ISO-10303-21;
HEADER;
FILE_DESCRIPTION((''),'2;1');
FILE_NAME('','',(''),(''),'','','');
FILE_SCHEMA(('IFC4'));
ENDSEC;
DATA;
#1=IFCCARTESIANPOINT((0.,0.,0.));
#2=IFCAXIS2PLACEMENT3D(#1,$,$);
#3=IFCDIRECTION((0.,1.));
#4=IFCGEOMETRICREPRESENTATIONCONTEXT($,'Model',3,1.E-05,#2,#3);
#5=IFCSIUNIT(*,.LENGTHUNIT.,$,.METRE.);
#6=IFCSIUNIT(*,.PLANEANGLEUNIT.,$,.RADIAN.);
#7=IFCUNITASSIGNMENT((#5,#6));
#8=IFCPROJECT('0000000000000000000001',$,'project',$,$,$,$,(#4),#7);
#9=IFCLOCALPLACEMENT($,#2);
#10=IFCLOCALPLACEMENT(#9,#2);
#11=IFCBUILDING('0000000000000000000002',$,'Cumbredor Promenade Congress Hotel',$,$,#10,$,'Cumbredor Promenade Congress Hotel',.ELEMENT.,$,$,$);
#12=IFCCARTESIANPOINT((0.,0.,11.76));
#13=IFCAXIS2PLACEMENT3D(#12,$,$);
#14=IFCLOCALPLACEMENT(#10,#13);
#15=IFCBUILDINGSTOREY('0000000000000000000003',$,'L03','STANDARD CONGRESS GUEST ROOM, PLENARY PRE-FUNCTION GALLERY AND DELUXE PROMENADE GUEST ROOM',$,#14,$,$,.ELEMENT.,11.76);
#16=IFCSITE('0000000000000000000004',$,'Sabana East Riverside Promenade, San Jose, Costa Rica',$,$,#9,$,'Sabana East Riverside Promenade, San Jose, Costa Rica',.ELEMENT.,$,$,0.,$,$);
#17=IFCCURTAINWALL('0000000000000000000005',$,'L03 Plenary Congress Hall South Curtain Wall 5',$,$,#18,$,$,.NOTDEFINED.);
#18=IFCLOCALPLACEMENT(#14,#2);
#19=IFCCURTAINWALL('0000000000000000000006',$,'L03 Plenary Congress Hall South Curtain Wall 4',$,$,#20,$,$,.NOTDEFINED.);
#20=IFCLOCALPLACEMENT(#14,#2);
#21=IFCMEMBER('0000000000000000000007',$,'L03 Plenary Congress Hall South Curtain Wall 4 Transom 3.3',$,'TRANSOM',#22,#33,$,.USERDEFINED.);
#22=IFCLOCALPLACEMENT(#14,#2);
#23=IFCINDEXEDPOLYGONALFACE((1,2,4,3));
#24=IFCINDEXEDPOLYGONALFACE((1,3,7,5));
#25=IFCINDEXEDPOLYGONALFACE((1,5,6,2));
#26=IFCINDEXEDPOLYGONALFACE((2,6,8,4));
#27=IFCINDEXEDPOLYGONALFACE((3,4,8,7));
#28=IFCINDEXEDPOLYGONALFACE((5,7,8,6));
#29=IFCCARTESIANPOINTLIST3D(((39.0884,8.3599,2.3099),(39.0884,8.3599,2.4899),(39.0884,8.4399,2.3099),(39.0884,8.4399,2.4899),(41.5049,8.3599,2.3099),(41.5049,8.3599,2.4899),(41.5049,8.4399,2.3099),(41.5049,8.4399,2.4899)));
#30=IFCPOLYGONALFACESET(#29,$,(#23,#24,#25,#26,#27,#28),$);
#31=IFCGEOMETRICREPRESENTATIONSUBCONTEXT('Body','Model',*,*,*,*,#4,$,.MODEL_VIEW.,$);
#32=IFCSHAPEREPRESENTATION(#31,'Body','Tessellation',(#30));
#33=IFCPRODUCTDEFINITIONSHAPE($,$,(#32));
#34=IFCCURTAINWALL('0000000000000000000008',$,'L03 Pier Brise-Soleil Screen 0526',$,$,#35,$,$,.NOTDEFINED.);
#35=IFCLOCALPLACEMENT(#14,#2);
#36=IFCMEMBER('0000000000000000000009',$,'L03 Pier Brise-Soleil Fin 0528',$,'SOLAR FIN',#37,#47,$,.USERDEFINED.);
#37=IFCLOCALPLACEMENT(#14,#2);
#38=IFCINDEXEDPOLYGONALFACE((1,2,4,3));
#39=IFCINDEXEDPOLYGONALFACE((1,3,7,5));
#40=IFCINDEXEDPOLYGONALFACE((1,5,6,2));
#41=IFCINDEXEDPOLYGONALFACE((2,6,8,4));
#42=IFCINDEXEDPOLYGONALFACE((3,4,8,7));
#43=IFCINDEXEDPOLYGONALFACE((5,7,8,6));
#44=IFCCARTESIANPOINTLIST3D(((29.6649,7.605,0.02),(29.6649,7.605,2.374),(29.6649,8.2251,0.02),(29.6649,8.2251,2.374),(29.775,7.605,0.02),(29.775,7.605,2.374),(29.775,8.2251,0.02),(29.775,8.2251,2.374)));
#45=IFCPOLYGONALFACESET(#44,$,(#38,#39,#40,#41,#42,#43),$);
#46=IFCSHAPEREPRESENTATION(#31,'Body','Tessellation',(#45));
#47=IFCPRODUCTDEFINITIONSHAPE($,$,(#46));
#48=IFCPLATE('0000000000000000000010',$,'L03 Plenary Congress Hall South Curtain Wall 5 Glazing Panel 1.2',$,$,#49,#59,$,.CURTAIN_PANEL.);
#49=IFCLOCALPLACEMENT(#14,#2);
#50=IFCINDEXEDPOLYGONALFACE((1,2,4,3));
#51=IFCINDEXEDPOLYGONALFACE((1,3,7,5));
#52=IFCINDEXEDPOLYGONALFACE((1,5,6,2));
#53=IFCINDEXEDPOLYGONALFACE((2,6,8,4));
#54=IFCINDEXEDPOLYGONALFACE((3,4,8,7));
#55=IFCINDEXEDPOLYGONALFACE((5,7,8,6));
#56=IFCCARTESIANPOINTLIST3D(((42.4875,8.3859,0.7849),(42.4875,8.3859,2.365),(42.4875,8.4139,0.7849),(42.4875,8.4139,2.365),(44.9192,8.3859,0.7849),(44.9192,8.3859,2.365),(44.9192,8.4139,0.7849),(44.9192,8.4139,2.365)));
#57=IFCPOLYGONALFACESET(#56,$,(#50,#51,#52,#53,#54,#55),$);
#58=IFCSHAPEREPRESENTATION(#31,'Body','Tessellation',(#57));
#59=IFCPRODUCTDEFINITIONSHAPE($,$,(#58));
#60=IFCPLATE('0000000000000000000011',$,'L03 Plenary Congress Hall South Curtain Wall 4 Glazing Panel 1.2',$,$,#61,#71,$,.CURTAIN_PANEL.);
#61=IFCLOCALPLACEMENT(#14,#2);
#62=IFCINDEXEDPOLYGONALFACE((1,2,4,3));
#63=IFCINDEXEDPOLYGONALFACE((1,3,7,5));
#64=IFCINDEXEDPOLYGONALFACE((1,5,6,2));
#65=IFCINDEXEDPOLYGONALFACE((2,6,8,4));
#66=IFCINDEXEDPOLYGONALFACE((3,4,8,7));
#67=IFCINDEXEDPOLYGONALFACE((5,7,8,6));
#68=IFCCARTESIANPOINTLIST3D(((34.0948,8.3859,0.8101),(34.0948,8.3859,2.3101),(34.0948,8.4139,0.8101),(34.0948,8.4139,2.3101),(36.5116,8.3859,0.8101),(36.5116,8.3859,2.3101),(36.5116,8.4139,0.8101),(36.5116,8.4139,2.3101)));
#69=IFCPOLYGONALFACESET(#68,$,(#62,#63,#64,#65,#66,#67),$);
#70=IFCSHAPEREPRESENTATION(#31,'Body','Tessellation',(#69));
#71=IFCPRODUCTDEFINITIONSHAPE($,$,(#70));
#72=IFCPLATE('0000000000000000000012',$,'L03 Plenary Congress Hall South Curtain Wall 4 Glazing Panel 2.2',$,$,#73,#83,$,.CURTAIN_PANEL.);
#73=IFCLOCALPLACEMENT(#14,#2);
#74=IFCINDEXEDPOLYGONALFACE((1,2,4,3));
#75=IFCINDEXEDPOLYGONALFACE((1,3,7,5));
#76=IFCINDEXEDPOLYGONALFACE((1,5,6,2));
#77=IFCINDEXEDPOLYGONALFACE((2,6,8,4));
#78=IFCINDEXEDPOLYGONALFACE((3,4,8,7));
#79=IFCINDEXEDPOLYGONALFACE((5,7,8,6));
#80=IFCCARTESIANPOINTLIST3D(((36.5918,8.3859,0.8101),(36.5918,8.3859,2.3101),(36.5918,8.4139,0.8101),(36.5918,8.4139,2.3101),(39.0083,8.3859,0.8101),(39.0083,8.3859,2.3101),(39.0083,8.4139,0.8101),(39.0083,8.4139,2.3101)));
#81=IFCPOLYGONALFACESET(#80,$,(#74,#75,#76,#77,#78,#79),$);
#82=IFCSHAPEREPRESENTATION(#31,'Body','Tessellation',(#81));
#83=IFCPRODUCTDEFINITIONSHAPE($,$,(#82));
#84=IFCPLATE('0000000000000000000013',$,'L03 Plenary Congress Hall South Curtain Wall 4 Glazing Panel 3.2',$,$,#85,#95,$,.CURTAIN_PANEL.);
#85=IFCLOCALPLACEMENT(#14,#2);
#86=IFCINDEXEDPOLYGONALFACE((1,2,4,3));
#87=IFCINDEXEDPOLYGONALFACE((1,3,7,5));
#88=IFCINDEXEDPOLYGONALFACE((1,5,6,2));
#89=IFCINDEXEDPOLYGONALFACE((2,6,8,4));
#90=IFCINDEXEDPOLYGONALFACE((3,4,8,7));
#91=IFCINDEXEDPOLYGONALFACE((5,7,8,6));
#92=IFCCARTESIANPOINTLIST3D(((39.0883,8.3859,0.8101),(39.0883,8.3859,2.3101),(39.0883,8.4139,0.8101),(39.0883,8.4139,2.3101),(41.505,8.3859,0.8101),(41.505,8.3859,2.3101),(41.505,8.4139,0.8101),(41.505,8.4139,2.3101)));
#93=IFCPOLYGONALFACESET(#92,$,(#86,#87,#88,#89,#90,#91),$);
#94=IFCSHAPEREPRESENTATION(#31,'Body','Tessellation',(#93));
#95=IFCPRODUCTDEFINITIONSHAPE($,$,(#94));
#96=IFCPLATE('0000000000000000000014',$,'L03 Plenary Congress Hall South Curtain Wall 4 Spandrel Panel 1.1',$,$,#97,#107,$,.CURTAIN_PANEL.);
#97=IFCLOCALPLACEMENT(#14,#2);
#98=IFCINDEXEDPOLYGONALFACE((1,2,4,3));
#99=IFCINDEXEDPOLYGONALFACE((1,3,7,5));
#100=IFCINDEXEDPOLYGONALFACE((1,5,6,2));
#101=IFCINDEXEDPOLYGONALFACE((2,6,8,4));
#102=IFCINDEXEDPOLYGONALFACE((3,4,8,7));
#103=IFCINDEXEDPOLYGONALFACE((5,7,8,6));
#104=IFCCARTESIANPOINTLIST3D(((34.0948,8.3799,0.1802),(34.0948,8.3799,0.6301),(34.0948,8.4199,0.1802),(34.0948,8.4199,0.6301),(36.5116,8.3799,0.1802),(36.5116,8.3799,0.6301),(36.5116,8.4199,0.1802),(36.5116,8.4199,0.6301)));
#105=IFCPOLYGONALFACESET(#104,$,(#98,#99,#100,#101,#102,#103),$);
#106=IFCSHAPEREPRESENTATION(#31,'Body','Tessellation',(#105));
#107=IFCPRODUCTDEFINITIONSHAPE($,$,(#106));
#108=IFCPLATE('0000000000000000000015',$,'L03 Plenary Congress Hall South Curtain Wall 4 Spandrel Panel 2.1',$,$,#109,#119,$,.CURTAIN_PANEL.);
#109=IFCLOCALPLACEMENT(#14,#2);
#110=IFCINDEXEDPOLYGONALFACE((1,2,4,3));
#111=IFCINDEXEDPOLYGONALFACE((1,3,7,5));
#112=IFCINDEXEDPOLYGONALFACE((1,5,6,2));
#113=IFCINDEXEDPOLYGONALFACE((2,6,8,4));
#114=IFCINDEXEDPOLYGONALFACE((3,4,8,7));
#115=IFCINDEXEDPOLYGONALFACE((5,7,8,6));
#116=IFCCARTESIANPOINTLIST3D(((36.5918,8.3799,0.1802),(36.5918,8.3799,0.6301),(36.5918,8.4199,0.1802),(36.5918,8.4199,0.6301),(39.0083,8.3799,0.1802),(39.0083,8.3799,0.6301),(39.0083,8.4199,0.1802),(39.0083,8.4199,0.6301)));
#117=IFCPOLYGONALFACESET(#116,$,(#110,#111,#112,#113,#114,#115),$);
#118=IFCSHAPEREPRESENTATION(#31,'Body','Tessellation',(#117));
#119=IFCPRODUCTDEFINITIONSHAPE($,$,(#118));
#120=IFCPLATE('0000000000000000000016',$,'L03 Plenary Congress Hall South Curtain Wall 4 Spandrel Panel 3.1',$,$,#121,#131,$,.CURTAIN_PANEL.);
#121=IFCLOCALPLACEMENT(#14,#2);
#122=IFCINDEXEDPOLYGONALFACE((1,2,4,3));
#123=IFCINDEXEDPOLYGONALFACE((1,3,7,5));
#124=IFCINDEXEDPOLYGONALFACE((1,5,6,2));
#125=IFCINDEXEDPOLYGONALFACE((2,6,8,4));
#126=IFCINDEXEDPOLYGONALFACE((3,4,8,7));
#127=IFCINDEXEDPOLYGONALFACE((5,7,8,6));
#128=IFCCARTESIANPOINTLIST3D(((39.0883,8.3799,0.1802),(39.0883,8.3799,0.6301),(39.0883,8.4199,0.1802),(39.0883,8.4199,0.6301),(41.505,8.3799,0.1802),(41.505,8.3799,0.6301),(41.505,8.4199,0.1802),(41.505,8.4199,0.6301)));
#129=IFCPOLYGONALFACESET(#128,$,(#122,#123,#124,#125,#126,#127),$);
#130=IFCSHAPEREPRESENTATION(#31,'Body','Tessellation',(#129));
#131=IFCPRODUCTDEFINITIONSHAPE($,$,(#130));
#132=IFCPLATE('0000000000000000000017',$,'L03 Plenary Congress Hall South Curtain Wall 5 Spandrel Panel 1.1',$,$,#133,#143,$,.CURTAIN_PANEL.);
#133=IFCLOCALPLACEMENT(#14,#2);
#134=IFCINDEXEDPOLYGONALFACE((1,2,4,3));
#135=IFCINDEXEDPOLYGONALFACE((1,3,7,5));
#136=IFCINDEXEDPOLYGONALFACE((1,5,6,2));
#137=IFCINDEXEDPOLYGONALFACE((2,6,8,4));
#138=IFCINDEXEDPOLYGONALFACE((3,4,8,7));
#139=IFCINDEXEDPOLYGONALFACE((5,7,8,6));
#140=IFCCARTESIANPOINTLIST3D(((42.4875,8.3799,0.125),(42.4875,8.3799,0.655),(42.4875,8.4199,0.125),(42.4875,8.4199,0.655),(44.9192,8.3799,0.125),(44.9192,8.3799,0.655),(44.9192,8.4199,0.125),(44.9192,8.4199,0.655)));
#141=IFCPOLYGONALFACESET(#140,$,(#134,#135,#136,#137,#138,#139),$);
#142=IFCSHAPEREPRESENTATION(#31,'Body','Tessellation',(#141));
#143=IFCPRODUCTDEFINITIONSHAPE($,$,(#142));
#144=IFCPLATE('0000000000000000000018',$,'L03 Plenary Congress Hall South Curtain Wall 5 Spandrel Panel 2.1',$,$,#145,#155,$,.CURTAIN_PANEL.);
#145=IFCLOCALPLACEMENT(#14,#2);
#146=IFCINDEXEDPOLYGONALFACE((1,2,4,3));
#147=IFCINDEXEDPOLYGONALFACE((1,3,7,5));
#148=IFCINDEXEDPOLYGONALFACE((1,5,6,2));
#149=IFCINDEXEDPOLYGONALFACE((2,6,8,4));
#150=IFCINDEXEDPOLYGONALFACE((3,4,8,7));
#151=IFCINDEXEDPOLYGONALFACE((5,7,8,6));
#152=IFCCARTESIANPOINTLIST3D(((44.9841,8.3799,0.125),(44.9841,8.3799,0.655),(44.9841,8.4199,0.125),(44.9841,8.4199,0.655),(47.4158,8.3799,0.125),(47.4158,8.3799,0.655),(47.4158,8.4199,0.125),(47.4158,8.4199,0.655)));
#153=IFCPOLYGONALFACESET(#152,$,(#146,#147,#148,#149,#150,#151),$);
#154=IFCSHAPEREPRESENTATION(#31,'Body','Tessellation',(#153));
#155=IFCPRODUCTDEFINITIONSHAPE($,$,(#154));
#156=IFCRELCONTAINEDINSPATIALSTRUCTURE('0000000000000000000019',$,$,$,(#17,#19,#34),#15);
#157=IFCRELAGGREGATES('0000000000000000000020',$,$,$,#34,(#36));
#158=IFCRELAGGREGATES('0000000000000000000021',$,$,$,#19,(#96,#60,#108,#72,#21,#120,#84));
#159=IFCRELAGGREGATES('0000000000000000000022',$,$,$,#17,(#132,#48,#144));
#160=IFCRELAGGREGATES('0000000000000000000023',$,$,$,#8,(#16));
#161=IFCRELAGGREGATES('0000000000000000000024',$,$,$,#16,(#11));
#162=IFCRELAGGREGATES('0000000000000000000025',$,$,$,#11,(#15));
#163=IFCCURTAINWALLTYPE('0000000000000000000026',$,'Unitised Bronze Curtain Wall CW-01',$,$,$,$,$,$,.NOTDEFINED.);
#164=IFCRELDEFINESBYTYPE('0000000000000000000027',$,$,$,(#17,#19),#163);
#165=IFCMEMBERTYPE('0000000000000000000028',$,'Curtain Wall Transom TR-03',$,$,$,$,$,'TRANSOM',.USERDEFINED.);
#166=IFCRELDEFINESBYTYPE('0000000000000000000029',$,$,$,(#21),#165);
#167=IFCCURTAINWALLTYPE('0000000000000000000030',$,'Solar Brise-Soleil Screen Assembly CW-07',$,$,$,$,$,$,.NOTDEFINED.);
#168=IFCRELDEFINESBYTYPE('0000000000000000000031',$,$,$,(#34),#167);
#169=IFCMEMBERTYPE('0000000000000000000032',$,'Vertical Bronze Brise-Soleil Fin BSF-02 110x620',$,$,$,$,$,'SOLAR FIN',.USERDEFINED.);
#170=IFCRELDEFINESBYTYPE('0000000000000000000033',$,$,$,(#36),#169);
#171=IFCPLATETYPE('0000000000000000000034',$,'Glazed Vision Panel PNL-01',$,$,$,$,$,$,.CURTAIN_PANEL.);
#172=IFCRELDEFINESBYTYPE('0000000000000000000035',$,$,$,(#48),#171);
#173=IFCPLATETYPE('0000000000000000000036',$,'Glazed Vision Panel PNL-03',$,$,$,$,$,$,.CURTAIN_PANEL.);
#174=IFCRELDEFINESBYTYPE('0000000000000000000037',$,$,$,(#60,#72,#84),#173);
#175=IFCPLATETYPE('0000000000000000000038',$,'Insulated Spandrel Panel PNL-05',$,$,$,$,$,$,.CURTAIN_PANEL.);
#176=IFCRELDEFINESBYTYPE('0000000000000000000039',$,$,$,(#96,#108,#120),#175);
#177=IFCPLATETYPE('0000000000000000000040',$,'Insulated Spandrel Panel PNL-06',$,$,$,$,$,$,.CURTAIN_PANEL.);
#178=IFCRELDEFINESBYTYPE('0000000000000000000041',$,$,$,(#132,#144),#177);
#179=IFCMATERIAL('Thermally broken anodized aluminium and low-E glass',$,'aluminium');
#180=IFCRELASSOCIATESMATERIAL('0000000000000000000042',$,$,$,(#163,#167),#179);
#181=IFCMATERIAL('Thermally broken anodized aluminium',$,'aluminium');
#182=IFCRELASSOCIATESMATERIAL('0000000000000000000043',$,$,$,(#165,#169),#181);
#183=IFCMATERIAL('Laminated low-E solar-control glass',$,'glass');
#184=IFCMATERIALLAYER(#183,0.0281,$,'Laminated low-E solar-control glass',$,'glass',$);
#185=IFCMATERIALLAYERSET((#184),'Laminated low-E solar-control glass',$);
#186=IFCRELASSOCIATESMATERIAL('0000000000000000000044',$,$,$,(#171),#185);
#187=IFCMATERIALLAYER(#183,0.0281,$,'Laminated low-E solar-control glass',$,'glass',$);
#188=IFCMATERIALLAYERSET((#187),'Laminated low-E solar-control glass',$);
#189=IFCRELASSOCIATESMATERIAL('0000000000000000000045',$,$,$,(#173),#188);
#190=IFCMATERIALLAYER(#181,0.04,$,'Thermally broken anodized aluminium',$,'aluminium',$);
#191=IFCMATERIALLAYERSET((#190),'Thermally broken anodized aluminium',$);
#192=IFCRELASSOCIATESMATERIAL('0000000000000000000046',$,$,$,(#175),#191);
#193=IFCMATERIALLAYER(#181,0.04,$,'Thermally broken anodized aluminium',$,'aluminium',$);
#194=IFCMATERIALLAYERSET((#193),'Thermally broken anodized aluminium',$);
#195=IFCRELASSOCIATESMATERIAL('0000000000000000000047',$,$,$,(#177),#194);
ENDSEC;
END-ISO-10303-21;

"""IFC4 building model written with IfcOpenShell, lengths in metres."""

from ifc_helpers import new_model, si_unit, direction, frame, origin, origin_2d, place, context, subcontext, project, spatial, rectangle, extrude, material, layer, layer_set, material_profile, profile_set, type_object, element, aggregate, save


model = new_model("IFC4")

# Units and contexts
model_context = context("Model", 3, precision=1e-05, world=origin(), true_north=direction((0.0, 1.0)))
body_context = subcontext(model_context, "Body", "Model", "MODEL_VIEW")
ifc_project = project(units=[si_unit("LENGTHUNIT", "METRE"), si_unit("PLANEANGLEUNIT", "RADIAN")], contexts=[model_context])

# Site, building, storey
site_placement = place(None, origin())
site = spatial("IfcSite", under=ifc_project, at=site_placement, Name="Sabana East Riverside Promenade, San Jose, Costa Rica", LongName="Sabana East Riverside Promenade, San Jose, Costa Rica", CompositionType="ELEMENT", RefElevation=0.0)
building_placement = place(site_placement, origin())
building = spatial("IfcBuilding", under=site, at=building_placement, Name="Cumbredor Promenade Congress Hotel", LongName="Cumbredor Promenade Congress Hotel", CompositionType="ELEMENT")
storey_placement = place(building_placement, frame((0.0, 0.0, 11.76)))
storey = spatial("IfcBuildingStorey", under=building, at=storey_placement, Name="L03", Description="STANDARD CONGRESS GUEST ROOM, PLENARY PRE-FUNCTION GALLERY AND DELUXE PROMENADE GUEST ROOM", CompositionType="ELEMENT", Elevation=11.76)

# Curtain walls
ifc_material_1 = material(Name="Thermally broken anodized aluminium and low-E glass", Category="aluminium")
curtain_wall_type_1 = type_object("IfcCurtainWallType", Name="Unitised Bronze Curtain Wall CW-01", PredefinedType="NOTDEFINED", material=ifc_material_1)
curtain_wall_1_placement = place(storey_placement, origin())
curtain_wall_1 = element("IfcCurtainWall", 1, at=curtain_wall_1_placement, inside=storey, type_object=curtain_wall_type_1, Name="L03 Plenary Congress Hall South Curtain Wall 5", PredefinedType="NOTDEFINED")
ifc_material_2 = material(Name="Thermally broken anodized aluminium", Category="aluminium")
curtain_wall_2_placement = place(storey_placement, origin())
curtain_wall_2 = element("IfcCurtainWall", 2, at=curtain_wall_2_placement, inside=storey, type_object=curtain_wall_type_1, Name="L03 Plenary Congress Hall South Curtain Wall 4", PredefinedType="NOTDEFINED")

# Member
ifc_material_profile_1 = material_profile(ifc_material_2, rectangle(XDim=0.0801, YDim=0.1799, at=origin_2d()), Name="ALU TRANSOM 80x180")
ifc_profile_set_1 = profile_set([ifc_material_profile_1], Name="Thermally broken anodized aluminium")
member_type_1 = type_object("IfcMemberType", Name="Curtain Wall Transom TR-03", ElementType="TRANSOM", PredefinedType="USERDEFINED", material=ifc_profile_set_1)
member_1_placement = place(storey_placement, frame((39.0884, 8.3999, 2.3999), z_axis=(1.0, 0.0, 0.0), x_axis=(0.0, 1.0, 0.0)))
member_1 = element("IfcMember", 3, at=member_1_placement, type_object=member_type_1, Name="L03 Plenary Congress Hall South Curtain Wall 4 Transom 3.3", ObjectType="TRANSOM", PredefinedType="USERDEFINED", context=body_context, shape_type="SweptSolid", body=[
    extrude(rectangle(XDim=0.0801, YDim=0.1799, at=origin_2d()), origin(), (0.0, 0.0, 1.0), 2.4165),
])

# Curtain wall, member
curtain_wall_type_2 = type_object("IfcCurtainWallType", Name="Solar Brise-Soleil Screen Assembly CW-07", PredefinedType="NOTDEFINED", material=ifc_material_1)
curtain_wall_3_placement = place(storey_placement, origin())
curtain_wall_3 = element("IfcCurtainWall", 4, at=curtain_wall_3_placement, inside=storey, type_object=curtain_wall_type_2, Name="L03 Pier Brise-Soleil Screen 0526", PredefinedType="NOTDEFINED")
ifc_material_profile_2 = material_profile(ifc_material_2, rectangle(XDim=0.1101, YDim=0.6201, at=origin_2d()), Name="ARCH FIN 110x620")
ifc_profile_set_2 = profile_set([ifc_material_profile_2], Name="Thermally broken anodized aluminium")
member_type_2 = type_object("IfcMemberType", Name="Vertical Bronze Brise-Soleil Fin BSF-02 110x620", ElementType="SOLAR FIN", PredefinedType="USERDEFINED", material=ifc_profile_set_2)
member_2_placement = place(storey_placement, frame((29.72, 7.915, 0.02), z_axis=(0.0, 0.0, 1.0), x_axis=(1.0, 0.0, 0.0)))
member_2 = element("IfcMember", 5, at=member_2_placement, type_object=member_type_2, Name="L03 Pier Brise-Soleil Fin 0528", ObjectType="SOLAR FIN", PredefinedType="USERDEFINED", context=body_context, shape_type="SweptSolid", body=[
    extrude(rectangle(XDim=0.1101, YDim=0.6201, at=origin_2d()), origin(), (0.0, 0.0, 1.0), 2.354),
])
aggregate(curtain_wall_3, [member_2])

# Plates
ifc_material_3 = material(Name="Laminated low-E solar-control glass", Category="glass")
ifc_layer_1 = layer(ifc_material_3, 0.0281, Name="Laminated low-E solar-control glass", Category="glass")
ifc_layer_set_1 = layer_set([ifc_layer_1], Name="Laminated low-E solar-control glass")
plate_type_1 = type_object("IfcPlateType", Name="Glazed Vision Panel PNL-01", PredefinedType="CURTAIN_PANEL", material=ifc_layer_set_1)
plate_1_placement = place(storey_placement, frame((43.7034, 8.3999, 0.7849), z_axis=(0.0, 0.0, 1.0), x_axis=(1.0, 0.0, 0.0)))
plate_1 = element("IfcPlate", 6, at=plate_1_placement, type_object=plate_type_1, Name="L03 Plenary Congress Hall South Curtain Wall 5 Glazing Panel 1.2", PredefinedType="CURTAIN_PANEL", context=body_context, shape_type="SweptSolid", body=[
    extrude(rectangle(XDim=2.4316, YDim=0.0281, at=origin_2d()), origin(), (0.0, 0.0, 1.0), 1.5801),
])
ifc_layer_2 = layer(ifc_material_3, 0.0281, Name="Laminated low-E solar-control glass", Category="glass")
ifc_layer_set_2 = layer_set([ifc_layer_2], Name="Laminated low-E solar-control glass")
plate_type_2 = type_object("IfcPlateType", Name="Glazed Vision Panel PNL-03", PredefinedType="CURTAIN_PANEL", material=ifc_layer_set_2)
plate_2_placement = place(storey_placement, frame((35.3032, 8.3999, 0.8101), z_axis=(0.0, 0.0, 1.0), x_axis=(1.0, 0.0, 0.0)))
plate_2 = element("IfcPlate", 7, at=plate_2_placement, type_object=plate_type_2, Name="L03 Plenary Congress Hall South Curtain Wall 4 Glazing Panel 1.2", PredefinedType="CURTAIN_PANEL", context=body_context, shape_type="SweptSolid", body=[
    extrude(rectangle(XDim=2.4167, YDim=0.0281, at=origin_2d()), origin(), (0.0, 0.0, 1.0), 1.5),
])
plate_3_placement = place(storey_placement, frame((37.8, 8.3999, 0.8101), z_axis=(0.0, 0.0, 1.0), x_axis=(1.0, 0.0, 0.0)))
plate_3 = element("IfcPlate", 8, at=plate_3_placement, type_object=plate_type_2, Name="L03 Plenary Congress Hall South Curtain Wall 4 Glazing Panel 2.2", PredefinedType="CURTAIN_PANEL", context=body_context, shape_type="SweptSolid", body=[
    extrude(rectangle(XDim=2.4165, YDim=0.0281, at=origin_2d()), origin(), (0.0, 0.0, 1.0), 1.5),
])
plate_4_placement = place(storey_placement, frame((40.2966, 8.3999, 0.8101), z_axis=(0.0, 0.0, 1.0), x_axis=(1.0, 0.0, 0.0)))
plate_4 = element("IfcPlate", 9, at=plate_4_placement, type_object=plate_type_2, Name="L03 Plenary Congress Hall South Curtain Wall 4 Glazing Panel 3.2", PredefinedType="CURTAIN_PANEL", context=body_context, shape_type="SweptSolid", body=[
    extrude(rectangle(XDim=2.4167, YDim=0.0281, at=origin_2d()), origin(), (0.0, 0.0, 1.0), 1.5),
])
ifc_layer_3 = layer(ifc_material_2, 0.04, Name="Thermally broken anodized aluminium", Category="aluminium")
ifc_layer_set_3 = layer_set([ifc_layer_3], Name="Thermally broken anodized aluminium")
plate_type_3 = type_object("IfcPlateType", Name="Insulated Spandrel Panel PNL-05", PredefinedType="CURTAIN_PANEL", material=ifc_layer_set_3)
plate_5_placement = place(storey_placement, frame((35.3032, 8.3999, 0.1802), z_axis=(0.0, 0.0, 1.0), x_axis=(1.0, 0.0, 0.0)))
plate_5 = element("IfcPlate", 10, at=plate_5_placement, type_object=plate_type_3, Name="L03 Plenary Congress Hall South Curtain Wall 4 Spandrel Panel 1.1", PredefinedType="CURTAIN_PANEL", context=body_context, shape_type="SweptSolid", body=[
    extrude(rectangle(XDim=2.4167, YDim=0.04, at=origin_2d()), origin(), (0.0, 0.0, 1.0), 0.45),
])
plate_6_placement = place(storey_placement, frame((37.8, 8.3999, 0.1802), z_axis=(0.0, 0.0, 1.0), x_axis=(1.0, 0.0, 0.0)))
plate_6 = element("IfcPlate", 11, at=plate_6_placement, type_object=plate_type_3, Name="L03 Plenary Congress Hall South Curtain Wall 4 Spandrel Panel 2.1", PredefinedType="CURTAIN_PANEL", context=body_context, shape_type="SweptSolid", body=[
    extrude(rectangle(XDim=2.4165, YDim=0.04, at=origin_2d()), origin(), (0.0, 0.0, 1.0), 0.45),
])
plate_7_placement = place(storey_placement, frame((40.2966, 8.3999, 0.1802), z_axis=(0.0, 0.0, 1.0), x_axis=(1.0, 0.0, 0.0)))
plate_7 = element("IfcPlate", 12, at=plate_7_placement, type_object=plate_type_3, Name="L03 Plenary Congress Hall South Curtain Wall 4 Spandrel Panel 3.1", PredefinedType="CURTAIN_PANEL", context=body_context, shape_type="SweptSolid", body=[
    extrude(rectangle(XDim=2.4167, YDim=0.04, at=origin_2d()), origin(), (0.0, 0.0, 1.0), 0.45),
])
aggregate(curtain_wall_2, [plate_5, plate_2, plate_6, plate_3, member_1, plate_7, plate_4])
ifc_layer_4 = layer(ifc_material_2, 0.04, Name="Thermally broken anodized aluminium", Category="aluminium")
ifc_layer_set_4 = layer_set([ifc_layer_4], Name="Thermally broken anodized aluminium")
plate_type_4 = type_object("IfcPlateType", Name="Insulated Spandrel Panel PNL-06", PredefinedType="CURTAIN_PANEL", material=ifc_layer_set_4)
plate_8_placement = place(storey_placement, frame((43.7034, 8.3999, 0.125), z_axis=(0.0, 0.0, 1.0), x_axis=(1.0, 0.0, 0.0)))
plate_8 = element("IfcPlate", 13, at=plate_8_placement, type_object=plate_type_4, Name="L03 Plenary Congress Hall South Curtain Wall 5 Spandrel Panel 1.1", PredefinedType="CURTAIN_PANEL", context=body_context, shape_type="SweptSolid", body=[
    extrude(rectangle(XDim=2.4316, YDim=0.04, at=origin_2d()), origin(), (0.0, 0.0, 1.0), 0.53),
])
plate_9_placement = place(storey_placement, frame((46.2, 8.3999, 0.125), z_axis=(0.0, 0.0, 1.0), x_axis=(1.0, 0.0, 0.0)))
plate_9 = element("IfcPlate", 14, at=plate_9_placement, type_object=plate_type_4, Name="L03 Plenary Congress Hall South Curtain Wall 5 Spandrel Panel 2.1", PredefinedType="CURTAIN_PANEL", context=body_context, shape_type="SweptSolid", body=[
    extrude(rectangle(XDim=2.4316, YDim=0.04, at=origin_2d()), origin(), (0.0, 0.0, 1.0), 0.53),
])
aggregate(curtain_wall_1, [plate_8, plate_1, plate_9])

save(model, "model.ifc")
